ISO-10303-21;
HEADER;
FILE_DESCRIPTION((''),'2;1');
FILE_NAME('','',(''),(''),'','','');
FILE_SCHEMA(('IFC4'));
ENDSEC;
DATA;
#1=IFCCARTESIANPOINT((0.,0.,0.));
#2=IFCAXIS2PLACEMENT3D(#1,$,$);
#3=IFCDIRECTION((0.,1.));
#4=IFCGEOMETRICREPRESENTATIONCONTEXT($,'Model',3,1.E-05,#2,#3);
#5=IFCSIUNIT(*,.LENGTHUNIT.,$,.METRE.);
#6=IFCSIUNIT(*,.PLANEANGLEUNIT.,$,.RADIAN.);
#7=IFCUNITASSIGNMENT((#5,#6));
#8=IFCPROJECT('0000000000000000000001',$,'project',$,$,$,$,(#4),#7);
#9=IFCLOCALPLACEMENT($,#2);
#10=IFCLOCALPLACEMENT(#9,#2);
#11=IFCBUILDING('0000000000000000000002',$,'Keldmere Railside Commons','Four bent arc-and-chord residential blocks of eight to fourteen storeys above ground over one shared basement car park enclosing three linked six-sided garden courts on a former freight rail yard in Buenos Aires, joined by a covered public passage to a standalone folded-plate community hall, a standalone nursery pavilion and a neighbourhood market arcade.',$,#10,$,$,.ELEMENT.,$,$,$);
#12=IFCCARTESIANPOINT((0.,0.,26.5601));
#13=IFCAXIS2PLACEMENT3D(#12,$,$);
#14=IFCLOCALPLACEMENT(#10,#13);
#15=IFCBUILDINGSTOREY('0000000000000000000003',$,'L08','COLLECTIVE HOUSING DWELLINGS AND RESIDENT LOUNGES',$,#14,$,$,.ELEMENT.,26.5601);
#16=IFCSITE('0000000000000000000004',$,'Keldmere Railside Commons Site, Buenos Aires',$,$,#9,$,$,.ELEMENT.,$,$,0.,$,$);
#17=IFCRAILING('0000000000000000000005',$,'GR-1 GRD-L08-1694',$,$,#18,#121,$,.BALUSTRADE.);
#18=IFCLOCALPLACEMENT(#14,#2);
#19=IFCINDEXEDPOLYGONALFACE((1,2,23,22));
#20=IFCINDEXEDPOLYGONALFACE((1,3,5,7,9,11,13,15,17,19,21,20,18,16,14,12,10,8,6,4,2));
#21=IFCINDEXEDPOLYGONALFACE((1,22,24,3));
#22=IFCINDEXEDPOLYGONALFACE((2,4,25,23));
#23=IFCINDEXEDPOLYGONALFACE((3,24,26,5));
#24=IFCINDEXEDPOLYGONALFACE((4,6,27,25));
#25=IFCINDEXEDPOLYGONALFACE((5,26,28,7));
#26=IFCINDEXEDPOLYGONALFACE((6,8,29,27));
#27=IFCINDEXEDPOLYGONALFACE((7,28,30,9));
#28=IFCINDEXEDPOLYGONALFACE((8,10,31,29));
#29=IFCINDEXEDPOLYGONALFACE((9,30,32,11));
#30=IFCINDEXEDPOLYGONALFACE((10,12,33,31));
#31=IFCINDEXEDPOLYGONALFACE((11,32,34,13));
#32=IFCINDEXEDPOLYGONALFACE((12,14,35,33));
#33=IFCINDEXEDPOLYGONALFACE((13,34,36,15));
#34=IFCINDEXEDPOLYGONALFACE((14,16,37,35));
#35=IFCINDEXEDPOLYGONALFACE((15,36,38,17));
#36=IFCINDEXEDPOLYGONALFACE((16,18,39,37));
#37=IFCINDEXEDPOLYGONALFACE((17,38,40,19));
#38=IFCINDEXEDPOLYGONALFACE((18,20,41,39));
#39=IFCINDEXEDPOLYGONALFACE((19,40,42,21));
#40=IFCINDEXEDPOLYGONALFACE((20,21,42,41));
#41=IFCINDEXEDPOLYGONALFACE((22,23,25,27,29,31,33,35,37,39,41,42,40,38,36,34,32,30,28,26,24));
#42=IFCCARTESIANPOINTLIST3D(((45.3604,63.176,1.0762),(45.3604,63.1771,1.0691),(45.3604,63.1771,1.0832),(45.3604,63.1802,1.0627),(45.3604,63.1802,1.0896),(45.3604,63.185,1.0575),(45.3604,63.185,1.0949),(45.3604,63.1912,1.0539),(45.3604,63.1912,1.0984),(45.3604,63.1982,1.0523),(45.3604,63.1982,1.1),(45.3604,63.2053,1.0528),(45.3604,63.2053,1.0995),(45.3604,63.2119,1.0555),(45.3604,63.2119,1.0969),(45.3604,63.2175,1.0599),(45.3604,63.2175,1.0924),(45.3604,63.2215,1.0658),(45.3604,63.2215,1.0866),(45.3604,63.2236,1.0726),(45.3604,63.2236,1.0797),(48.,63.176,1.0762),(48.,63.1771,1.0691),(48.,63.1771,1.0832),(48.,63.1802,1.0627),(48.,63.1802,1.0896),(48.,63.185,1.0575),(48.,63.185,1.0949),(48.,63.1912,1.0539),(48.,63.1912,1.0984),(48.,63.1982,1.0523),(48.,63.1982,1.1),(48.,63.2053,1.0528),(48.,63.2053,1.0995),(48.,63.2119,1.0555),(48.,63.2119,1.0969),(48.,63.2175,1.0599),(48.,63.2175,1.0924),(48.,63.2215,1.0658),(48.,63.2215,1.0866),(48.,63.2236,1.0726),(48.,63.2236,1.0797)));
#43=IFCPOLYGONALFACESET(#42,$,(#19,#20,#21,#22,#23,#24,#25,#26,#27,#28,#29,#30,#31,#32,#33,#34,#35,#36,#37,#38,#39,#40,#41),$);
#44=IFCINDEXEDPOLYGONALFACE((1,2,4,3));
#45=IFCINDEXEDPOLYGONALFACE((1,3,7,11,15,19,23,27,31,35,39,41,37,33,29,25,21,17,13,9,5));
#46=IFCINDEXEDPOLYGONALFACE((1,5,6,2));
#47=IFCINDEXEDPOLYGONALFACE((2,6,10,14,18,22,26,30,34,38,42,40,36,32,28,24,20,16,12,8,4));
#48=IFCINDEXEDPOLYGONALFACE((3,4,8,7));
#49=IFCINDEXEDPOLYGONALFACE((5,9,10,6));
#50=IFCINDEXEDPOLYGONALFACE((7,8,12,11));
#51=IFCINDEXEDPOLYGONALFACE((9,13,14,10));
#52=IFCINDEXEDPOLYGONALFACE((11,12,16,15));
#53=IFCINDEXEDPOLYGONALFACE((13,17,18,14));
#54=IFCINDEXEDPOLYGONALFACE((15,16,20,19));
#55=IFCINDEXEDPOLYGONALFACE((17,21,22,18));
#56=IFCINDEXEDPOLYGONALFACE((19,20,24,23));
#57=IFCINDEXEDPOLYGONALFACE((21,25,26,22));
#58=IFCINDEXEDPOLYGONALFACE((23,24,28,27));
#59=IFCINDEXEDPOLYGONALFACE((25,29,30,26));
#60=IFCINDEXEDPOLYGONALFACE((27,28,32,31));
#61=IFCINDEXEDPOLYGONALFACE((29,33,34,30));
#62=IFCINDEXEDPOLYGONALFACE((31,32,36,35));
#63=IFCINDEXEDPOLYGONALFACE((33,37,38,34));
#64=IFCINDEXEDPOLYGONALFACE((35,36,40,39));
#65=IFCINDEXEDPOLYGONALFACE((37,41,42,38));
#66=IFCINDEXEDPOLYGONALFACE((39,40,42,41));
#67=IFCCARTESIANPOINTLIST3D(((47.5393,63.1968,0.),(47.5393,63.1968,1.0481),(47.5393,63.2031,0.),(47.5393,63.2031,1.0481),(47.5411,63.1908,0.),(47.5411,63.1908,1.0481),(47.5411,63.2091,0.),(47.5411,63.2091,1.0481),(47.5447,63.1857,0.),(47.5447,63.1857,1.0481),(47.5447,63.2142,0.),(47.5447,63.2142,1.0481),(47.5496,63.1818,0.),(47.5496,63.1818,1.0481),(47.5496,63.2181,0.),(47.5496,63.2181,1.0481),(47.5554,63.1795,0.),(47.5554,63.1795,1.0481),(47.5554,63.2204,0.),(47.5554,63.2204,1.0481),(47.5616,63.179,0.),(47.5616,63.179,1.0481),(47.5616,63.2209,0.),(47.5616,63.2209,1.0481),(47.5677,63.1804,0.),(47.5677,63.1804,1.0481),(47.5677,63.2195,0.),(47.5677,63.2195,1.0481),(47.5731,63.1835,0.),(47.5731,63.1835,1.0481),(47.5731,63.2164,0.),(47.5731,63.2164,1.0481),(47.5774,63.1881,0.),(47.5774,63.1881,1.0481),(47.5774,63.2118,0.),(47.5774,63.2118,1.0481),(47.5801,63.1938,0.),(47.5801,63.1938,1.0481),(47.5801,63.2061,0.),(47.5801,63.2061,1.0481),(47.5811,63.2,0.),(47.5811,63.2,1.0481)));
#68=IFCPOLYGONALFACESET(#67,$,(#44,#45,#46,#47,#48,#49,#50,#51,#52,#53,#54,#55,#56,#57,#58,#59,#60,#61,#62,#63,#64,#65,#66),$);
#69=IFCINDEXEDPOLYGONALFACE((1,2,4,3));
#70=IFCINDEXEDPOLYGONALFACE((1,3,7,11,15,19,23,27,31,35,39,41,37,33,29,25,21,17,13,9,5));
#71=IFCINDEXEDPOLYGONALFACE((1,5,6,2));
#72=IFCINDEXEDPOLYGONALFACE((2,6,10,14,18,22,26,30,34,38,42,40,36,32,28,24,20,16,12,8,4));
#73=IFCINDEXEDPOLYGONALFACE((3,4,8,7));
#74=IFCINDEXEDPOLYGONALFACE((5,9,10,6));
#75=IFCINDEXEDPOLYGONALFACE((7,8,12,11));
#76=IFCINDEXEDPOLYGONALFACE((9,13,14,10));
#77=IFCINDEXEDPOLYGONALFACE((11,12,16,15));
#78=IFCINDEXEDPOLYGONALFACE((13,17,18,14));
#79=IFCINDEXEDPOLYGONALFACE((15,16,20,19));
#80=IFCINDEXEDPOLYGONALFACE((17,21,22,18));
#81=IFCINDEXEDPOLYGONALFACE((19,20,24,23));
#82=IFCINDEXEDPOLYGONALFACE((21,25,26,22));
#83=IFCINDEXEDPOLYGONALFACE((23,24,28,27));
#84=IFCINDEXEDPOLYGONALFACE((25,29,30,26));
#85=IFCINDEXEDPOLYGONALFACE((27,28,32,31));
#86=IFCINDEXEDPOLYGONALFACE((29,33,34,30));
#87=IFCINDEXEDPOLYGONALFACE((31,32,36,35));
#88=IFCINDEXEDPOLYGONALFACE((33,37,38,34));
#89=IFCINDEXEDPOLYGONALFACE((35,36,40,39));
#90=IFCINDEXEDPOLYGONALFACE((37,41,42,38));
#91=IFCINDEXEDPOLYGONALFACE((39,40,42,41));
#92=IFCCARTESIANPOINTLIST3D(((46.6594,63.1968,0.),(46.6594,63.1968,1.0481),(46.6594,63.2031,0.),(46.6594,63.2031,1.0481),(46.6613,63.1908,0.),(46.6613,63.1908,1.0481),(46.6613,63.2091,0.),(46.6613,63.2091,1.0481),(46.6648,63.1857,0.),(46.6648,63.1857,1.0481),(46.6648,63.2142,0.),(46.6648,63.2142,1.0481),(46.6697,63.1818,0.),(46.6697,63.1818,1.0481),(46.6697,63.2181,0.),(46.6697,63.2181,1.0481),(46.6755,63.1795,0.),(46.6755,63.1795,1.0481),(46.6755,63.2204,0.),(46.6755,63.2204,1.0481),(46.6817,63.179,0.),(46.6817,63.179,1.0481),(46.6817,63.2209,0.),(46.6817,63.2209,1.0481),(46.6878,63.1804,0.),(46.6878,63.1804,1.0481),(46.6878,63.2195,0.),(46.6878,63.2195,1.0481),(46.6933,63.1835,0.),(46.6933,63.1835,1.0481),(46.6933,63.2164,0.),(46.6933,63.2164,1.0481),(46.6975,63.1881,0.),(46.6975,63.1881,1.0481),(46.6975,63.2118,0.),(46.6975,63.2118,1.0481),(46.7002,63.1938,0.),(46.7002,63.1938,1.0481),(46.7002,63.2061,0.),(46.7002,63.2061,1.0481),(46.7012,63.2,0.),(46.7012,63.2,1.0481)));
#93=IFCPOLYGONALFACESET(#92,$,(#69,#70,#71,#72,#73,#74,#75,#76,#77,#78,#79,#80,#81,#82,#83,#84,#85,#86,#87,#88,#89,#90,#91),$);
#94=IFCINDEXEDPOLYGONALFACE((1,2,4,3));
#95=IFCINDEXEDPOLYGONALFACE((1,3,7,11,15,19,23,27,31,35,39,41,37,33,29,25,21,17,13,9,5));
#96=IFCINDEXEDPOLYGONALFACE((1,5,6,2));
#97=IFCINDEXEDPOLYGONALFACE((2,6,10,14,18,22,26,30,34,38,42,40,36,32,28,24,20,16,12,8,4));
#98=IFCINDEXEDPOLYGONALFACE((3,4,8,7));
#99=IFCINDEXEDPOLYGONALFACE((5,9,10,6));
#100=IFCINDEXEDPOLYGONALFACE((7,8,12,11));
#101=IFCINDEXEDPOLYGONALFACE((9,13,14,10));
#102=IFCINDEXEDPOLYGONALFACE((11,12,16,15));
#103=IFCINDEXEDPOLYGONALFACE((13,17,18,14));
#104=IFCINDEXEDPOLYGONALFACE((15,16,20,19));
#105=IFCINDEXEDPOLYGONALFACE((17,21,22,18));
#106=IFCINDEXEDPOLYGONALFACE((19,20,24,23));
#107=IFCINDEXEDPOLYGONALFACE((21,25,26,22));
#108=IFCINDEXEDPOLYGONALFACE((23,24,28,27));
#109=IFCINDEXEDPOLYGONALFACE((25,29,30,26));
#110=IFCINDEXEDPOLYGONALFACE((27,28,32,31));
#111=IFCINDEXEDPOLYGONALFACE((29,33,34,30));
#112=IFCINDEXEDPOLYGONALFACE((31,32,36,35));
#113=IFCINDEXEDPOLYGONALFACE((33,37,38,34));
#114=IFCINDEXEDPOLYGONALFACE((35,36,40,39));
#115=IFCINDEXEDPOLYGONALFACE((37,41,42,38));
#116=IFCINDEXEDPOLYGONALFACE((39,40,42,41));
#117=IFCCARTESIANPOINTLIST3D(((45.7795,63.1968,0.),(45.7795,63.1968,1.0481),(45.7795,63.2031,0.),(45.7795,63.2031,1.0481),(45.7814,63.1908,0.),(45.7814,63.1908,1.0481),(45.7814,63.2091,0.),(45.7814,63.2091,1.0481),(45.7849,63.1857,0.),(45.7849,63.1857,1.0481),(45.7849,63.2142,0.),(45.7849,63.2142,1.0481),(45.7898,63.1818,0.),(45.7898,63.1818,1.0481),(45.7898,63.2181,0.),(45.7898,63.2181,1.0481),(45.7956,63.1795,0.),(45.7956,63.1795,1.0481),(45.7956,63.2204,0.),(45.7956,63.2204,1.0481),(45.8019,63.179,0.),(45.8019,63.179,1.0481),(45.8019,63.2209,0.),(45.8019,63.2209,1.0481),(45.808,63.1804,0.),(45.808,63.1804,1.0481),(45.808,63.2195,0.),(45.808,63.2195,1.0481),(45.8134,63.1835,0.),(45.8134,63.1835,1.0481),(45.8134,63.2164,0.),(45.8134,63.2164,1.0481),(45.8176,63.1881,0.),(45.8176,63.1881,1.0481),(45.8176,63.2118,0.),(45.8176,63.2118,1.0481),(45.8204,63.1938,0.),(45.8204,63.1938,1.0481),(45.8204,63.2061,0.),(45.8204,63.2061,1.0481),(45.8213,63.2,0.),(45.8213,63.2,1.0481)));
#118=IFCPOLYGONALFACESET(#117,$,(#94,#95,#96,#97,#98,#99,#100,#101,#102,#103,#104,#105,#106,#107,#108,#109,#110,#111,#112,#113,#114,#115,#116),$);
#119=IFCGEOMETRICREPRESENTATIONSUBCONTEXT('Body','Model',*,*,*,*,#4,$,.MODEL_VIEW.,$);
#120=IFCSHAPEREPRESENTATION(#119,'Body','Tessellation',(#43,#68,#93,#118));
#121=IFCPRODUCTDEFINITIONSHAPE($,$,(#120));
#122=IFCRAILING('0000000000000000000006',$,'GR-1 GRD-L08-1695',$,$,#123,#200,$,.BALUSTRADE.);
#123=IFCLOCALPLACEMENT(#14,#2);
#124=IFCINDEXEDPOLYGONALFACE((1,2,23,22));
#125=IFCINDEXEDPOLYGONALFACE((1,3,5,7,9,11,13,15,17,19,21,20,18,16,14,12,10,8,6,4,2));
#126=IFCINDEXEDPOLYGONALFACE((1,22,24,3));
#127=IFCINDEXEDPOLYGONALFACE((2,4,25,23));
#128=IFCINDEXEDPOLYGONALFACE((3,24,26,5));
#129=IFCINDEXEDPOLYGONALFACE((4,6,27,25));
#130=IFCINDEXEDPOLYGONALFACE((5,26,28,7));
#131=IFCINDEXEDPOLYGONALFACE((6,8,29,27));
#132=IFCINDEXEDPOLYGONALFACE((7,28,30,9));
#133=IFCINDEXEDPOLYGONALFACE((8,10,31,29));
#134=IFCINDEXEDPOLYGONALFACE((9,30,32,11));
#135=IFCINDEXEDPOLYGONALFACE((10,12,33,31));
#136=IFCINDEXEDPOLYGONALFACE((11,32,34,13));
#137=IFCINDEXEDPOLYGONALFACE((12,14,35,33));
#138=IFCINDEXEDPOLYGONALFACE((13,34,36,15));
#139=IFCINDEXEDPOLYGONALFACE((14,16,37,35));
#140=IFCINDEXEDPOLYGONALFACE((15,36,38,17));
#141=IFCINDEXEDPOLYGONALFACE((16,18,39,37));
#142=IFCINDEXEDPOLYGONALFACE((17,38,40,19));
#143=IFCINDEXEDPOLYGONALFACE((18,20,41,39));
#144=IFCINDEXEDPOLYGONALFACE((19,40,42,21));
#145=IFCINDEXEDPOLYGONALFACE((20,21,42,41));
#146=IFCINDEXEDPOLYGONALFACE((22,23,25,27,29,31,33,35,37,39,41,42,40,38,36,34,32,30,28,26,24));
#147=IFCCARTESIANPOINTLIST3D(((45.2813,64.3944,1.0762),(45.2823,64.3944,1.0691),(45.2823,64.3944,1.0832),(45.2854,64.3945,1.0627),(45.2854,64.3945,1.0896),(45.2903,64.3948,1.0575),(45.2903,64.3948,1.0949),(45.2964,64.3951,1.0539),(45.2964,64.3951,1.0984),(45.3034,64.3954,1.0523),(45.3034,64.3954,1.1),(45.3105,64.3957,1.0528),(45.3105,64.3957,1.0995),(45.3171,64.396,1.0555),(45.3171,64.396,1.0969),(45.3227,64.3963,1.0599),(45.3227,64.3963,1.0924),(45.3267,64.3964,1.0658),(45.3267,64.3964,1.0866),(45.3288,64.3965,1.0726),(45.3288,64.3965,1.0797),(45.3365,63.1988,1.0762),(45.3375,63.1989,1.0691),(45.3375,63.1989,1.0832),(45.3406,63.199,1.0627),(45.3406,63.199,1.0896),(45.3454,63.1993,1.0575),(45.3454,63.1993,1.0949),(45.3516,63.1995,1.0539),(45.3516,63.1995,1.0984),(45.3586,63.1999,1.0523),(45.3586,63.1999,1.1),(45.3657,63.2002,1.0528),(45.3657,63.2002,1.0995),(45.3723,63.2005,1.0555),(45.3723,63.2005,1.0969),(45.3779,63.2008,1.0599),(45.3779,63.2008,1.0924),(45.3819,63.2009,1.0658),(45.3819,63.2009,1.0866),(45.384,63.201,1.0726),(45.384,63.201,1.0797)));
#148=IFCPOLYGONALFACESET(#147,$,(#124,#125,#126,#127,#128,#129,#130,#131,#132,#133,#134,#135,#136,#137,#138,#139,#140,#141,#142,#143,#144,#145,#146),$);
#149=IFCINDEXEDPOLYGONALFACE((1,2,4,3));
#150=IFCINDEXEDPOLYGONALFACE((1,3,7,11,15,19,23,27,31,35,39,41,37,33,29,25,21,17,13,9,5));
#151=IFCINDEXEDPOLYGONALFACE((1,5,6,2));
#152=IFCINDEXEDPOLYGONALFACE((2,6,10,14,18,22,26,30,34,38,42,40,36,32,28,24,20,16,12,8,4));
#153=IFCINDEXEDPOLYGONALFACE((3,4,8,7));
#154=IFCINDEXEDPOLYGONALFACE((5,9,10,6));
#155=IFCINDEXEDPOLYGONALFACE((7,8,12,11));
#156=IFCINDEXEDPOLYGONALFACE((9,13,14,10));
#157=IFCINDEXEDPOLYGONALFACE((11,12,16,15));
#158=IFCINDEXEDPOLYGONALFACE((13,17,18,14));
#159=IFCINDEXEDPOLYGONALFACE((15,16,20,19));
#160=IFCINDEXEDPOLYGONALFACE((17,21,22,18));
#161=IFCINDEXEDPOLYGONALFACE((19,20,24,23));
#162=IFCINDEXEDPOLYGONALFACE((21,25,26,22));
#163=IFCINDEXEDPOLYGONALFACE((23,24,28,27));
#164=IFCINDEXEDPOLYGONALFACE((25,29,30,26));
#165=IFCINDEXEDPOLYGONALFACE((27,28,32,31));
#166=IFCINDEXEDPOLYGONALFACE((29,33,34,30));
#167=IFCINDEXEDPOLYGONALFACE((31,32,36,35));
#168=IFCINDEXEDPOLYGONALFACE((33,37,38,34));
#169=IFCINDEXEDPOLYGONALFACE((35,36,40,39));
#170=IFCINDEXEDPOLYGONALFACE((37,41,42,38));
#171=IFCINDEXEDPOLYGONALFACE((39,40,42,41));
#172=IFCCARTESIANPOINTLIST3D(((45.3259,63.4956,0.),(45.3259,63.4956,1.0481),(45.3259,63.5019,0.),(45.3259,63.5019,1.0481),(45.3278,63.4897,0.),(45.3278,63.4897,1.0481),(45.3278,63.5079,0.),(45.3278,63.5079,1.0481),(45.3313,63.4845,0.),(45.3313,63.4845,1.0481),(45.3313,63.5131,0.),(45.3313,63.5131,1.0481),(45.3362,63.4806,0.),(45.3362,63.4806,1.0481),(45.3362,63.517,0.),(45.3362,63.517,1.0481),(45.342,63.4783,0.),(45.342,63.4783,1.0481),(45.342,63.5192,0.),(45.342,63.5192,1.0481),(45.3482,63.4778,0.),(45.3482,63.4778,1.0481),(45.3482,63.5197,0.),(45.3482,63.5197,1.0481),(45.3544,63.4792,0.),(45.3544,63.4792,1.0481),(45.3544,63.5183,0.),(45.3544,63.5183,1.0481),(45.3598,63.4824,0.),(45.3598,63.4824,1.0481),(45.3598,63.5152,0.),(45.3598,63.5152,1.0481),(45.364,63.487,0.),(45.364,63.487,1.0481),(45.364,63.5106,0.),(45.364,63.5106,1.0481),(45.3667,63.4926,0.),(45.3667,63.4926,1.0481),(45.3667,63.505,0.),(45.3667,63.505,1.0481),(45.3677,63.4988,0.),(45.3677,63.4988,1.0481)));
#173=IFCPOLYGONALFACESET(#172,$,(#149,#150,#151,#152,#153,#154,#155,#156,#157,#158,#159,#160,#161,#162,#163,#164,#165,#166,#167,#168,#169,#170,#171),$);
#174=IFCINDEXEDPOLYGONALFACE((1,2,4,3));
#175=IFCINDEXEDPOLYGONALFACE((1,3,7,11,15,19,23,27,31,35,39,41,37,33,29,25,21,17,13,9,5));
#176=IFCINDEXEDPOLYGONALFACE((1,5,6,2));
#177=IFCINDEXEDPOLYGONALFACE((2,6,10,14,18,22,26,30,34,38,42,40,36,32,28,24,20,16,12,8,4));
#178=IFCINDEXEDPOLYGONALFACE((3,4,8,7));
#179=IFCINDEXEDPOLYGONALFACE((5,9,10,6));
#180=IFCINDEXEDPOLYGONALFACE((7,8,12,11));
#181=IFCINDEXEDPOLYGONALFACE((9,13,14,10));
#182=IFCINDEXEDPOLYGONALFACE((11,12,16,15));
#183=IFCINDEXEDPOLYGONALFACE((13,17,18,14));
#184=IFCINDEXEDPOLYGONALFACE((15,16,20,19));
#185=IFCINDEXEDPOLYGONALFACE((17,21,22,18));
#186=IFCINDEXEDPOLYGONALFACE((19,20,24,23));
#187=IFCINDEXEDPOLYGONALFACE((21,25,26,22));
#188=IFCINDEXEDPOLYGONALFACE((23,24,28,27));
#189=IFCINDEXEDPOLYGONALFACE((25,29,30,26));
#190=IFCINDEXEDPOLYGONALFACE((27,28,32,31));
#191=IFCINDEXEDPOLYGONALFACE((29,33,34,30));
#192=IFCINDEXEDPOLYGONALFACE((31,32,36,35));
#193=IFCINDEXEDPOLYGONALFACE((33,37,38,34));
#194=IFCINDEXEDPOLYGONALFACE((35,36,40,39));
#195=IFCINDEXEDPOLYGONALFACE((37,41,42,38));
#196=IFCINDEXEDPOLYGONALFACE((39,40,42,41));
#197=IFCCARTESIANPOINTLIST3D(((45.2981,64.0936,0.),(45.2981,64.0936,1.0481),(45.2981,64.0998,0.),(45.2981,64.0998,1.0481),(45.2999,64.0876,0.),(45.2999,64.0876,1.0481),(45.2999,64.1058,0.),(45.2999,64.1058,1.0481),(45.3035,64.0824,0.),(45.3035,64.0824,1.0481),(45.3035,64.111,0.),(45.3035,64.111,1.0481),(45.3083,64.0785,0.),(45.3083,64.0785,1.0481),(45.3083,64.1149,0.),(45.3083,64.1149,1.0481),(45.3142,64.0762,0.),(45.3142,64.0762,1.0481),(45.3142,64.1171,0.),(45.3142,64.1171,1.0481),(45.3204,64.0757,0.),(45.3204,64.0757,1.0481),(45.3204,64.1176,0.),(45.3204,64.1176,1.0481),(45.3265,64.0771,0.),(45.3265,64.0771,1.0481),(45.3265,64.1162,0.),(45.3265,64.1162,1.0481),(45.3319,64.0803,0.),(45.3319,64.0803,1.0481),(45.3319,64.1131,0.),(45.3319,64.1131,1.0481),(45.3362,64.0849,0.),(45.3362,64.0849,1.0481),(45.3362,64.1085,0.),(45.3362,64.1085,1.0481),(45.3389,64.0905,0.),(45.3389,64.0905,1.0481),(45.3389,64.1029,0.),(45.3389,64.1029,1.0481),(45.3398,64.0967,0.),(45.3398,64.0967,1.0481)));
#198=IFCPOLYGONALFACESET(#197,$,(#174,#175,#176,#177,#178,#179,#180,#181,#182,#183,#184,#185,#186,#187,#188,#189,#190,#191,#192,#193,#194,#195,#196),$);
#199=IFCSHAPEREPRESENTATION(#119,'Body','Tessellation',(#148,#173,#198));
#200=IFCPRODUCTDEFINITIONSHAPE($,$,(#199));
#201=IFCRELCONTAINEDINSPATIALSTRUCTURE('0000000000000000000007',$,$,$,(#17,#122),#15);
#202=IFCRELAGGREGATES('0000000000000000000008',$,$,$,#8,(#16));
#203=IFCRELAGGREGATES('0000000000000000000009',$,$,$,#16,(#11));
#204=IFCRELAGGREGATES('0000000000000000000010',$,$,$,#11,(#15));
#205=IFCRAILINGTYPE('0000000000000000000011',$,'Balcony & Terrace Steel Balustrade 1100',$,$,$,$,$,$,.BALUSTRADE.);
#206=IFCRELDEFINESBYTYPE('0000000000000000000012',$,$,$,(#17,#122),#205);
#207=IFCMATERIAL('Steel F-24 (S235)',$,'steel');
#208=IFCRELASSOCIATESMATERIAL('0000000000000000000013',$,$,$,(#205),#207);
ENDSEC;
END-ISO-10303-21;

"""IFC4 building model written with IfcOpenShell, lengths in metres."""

from ifc_helpers import new_model, si_unit, direction, frame, origin, origin_2d, place, context, subcontext, project, spatial, circle, extrude, material, type_object, element, save


model = new_model("IFC4")

# Units and contexts
model_context = context("Model", 3, precision=1e-05, world=origin(), true_north=direction((0.0, 1.0)))
body_context = subcontext(model_context, "Body", "Model", "MODEL_VIEW")
ifc_project = project(units=[si_unit("LENGTHUNIT", "METRE"), si_unit("PLANEANGLEUNIT", "RADIAN")], contexts=[model_context])

# Site, building, storey
site_placement = place(None, origin())
site = spatial("IfcSite", under=ifc_project, at=site_placement, Name="Keldmere Railside Commons Site, Buenos Aires", CompositionType="ELEMENT", RefElevation=0.0)
building_placement = place(site_placement, origin())
building = spatial("IfcBuilding", under=site, at=building_placement, Name="Keldmere Railside Commons", Description="Four bent arc-and-chord residential blocks of eight to fourteen storeys above ground over one shared basement car park enclosing three linked six-sided garden courts on a former freight rail yard in Buenos Aires, joined by a covered public passage to a standalone folded-plate community hall, a standalone nursery pavilion and a neighbourhood market arcade.", CompositionType="ELEMENT")
storey_placement = place(building_placement, frame((0.0, 0.0, 26.5601)))
storey = spatial("IfcBuildingStorey", under=building, at=storey_placement, Name="L08", Description="COLLECTIVE HOUSING DWELLINGS AND RESIDENT LOUNGES", CompositionType="ELEMENT", Elevation=26.5601)

# Shared definitions
ifc_material_1 = material(Name="Steel F-24 (S235)", Category="steel")

# Railings
railing_type = type_object("IfcRailingType", Name="Balcony & Terrace Steel Balustrade 1100", PredefinedType="BALUSTRADE", material=ifc_material_1)
railing_1_placement = place(storey_placement, frame((48.0, 63.2, 0.0)))
element("IfcRailing", 1, at=railing_1_placement, inside=storey, type_object=railing_type, Name="GR-1 GRD-L08-1694", PredefinedType="BALUSTRADE", context=body_context, shape_type="SweptSolid", body=[
    extrude(circle(Radius=0.0239, at=origin_2d()), frame((0.0, 0.0, 1.0762), z_axis=(-1.0, 0.0, 0.0), x_axis=(0.0, -1.0, 0.0)), (0.0, 0.0, 1.0), 2.6396),
    extrude(circle(Radius=0.021, at=origin_2d()), frame((-0.4399, 0.0, 0.0)), (0.0, 0.0, 1.0), 1.0481),
    extrude(circle(Radius=0.021, at=origin_2d()), frame((-1.3198, 0.0, 0.0)), (0.0, 0.0, 1.0), 1.0481),
    extrude(circle(Radius=0.021, at=origin_2d()), frame((-2.1997, 0.0, 0.0)), (0.0, 0.0, 1.0), 1.0481),
])
railing_2_placement = place(storey_placement, frame((45.3604, 63.2, 0.0)))
element("IfcRailing", 2, at=railing_2_placement, inside=storey, type_object=railing_type, Name="GR-1 GRD-L08-1695", PredefinedType="BALUSTRADE", context=body_context, shape_type="SweptSolid", body=[
    extrude(circle(Radius=0.0239, at=origin_2d()), frame((0.0, 0.0, 1.0762), z_axis=(-0.046102, 0.998937, 0.0), x_axis=(-0.998937, -0.046102, 0.0)), (0.0, 0.0, 1.0), 1.1968),
    extrude(circle(Radius=0.021, at=origin_2d()), frame((-0.0137, 0.2988, 0.0)), (0.0, 0.0, 1.0), 1.0481),
    extrude(circle(Radius=0.021, at=origin_2d()), frame((-0.0415, 0.8967, 0.0)), (0.0, 0.0, 1.0), 1.0481),
])

save(model, "model.ifc")
